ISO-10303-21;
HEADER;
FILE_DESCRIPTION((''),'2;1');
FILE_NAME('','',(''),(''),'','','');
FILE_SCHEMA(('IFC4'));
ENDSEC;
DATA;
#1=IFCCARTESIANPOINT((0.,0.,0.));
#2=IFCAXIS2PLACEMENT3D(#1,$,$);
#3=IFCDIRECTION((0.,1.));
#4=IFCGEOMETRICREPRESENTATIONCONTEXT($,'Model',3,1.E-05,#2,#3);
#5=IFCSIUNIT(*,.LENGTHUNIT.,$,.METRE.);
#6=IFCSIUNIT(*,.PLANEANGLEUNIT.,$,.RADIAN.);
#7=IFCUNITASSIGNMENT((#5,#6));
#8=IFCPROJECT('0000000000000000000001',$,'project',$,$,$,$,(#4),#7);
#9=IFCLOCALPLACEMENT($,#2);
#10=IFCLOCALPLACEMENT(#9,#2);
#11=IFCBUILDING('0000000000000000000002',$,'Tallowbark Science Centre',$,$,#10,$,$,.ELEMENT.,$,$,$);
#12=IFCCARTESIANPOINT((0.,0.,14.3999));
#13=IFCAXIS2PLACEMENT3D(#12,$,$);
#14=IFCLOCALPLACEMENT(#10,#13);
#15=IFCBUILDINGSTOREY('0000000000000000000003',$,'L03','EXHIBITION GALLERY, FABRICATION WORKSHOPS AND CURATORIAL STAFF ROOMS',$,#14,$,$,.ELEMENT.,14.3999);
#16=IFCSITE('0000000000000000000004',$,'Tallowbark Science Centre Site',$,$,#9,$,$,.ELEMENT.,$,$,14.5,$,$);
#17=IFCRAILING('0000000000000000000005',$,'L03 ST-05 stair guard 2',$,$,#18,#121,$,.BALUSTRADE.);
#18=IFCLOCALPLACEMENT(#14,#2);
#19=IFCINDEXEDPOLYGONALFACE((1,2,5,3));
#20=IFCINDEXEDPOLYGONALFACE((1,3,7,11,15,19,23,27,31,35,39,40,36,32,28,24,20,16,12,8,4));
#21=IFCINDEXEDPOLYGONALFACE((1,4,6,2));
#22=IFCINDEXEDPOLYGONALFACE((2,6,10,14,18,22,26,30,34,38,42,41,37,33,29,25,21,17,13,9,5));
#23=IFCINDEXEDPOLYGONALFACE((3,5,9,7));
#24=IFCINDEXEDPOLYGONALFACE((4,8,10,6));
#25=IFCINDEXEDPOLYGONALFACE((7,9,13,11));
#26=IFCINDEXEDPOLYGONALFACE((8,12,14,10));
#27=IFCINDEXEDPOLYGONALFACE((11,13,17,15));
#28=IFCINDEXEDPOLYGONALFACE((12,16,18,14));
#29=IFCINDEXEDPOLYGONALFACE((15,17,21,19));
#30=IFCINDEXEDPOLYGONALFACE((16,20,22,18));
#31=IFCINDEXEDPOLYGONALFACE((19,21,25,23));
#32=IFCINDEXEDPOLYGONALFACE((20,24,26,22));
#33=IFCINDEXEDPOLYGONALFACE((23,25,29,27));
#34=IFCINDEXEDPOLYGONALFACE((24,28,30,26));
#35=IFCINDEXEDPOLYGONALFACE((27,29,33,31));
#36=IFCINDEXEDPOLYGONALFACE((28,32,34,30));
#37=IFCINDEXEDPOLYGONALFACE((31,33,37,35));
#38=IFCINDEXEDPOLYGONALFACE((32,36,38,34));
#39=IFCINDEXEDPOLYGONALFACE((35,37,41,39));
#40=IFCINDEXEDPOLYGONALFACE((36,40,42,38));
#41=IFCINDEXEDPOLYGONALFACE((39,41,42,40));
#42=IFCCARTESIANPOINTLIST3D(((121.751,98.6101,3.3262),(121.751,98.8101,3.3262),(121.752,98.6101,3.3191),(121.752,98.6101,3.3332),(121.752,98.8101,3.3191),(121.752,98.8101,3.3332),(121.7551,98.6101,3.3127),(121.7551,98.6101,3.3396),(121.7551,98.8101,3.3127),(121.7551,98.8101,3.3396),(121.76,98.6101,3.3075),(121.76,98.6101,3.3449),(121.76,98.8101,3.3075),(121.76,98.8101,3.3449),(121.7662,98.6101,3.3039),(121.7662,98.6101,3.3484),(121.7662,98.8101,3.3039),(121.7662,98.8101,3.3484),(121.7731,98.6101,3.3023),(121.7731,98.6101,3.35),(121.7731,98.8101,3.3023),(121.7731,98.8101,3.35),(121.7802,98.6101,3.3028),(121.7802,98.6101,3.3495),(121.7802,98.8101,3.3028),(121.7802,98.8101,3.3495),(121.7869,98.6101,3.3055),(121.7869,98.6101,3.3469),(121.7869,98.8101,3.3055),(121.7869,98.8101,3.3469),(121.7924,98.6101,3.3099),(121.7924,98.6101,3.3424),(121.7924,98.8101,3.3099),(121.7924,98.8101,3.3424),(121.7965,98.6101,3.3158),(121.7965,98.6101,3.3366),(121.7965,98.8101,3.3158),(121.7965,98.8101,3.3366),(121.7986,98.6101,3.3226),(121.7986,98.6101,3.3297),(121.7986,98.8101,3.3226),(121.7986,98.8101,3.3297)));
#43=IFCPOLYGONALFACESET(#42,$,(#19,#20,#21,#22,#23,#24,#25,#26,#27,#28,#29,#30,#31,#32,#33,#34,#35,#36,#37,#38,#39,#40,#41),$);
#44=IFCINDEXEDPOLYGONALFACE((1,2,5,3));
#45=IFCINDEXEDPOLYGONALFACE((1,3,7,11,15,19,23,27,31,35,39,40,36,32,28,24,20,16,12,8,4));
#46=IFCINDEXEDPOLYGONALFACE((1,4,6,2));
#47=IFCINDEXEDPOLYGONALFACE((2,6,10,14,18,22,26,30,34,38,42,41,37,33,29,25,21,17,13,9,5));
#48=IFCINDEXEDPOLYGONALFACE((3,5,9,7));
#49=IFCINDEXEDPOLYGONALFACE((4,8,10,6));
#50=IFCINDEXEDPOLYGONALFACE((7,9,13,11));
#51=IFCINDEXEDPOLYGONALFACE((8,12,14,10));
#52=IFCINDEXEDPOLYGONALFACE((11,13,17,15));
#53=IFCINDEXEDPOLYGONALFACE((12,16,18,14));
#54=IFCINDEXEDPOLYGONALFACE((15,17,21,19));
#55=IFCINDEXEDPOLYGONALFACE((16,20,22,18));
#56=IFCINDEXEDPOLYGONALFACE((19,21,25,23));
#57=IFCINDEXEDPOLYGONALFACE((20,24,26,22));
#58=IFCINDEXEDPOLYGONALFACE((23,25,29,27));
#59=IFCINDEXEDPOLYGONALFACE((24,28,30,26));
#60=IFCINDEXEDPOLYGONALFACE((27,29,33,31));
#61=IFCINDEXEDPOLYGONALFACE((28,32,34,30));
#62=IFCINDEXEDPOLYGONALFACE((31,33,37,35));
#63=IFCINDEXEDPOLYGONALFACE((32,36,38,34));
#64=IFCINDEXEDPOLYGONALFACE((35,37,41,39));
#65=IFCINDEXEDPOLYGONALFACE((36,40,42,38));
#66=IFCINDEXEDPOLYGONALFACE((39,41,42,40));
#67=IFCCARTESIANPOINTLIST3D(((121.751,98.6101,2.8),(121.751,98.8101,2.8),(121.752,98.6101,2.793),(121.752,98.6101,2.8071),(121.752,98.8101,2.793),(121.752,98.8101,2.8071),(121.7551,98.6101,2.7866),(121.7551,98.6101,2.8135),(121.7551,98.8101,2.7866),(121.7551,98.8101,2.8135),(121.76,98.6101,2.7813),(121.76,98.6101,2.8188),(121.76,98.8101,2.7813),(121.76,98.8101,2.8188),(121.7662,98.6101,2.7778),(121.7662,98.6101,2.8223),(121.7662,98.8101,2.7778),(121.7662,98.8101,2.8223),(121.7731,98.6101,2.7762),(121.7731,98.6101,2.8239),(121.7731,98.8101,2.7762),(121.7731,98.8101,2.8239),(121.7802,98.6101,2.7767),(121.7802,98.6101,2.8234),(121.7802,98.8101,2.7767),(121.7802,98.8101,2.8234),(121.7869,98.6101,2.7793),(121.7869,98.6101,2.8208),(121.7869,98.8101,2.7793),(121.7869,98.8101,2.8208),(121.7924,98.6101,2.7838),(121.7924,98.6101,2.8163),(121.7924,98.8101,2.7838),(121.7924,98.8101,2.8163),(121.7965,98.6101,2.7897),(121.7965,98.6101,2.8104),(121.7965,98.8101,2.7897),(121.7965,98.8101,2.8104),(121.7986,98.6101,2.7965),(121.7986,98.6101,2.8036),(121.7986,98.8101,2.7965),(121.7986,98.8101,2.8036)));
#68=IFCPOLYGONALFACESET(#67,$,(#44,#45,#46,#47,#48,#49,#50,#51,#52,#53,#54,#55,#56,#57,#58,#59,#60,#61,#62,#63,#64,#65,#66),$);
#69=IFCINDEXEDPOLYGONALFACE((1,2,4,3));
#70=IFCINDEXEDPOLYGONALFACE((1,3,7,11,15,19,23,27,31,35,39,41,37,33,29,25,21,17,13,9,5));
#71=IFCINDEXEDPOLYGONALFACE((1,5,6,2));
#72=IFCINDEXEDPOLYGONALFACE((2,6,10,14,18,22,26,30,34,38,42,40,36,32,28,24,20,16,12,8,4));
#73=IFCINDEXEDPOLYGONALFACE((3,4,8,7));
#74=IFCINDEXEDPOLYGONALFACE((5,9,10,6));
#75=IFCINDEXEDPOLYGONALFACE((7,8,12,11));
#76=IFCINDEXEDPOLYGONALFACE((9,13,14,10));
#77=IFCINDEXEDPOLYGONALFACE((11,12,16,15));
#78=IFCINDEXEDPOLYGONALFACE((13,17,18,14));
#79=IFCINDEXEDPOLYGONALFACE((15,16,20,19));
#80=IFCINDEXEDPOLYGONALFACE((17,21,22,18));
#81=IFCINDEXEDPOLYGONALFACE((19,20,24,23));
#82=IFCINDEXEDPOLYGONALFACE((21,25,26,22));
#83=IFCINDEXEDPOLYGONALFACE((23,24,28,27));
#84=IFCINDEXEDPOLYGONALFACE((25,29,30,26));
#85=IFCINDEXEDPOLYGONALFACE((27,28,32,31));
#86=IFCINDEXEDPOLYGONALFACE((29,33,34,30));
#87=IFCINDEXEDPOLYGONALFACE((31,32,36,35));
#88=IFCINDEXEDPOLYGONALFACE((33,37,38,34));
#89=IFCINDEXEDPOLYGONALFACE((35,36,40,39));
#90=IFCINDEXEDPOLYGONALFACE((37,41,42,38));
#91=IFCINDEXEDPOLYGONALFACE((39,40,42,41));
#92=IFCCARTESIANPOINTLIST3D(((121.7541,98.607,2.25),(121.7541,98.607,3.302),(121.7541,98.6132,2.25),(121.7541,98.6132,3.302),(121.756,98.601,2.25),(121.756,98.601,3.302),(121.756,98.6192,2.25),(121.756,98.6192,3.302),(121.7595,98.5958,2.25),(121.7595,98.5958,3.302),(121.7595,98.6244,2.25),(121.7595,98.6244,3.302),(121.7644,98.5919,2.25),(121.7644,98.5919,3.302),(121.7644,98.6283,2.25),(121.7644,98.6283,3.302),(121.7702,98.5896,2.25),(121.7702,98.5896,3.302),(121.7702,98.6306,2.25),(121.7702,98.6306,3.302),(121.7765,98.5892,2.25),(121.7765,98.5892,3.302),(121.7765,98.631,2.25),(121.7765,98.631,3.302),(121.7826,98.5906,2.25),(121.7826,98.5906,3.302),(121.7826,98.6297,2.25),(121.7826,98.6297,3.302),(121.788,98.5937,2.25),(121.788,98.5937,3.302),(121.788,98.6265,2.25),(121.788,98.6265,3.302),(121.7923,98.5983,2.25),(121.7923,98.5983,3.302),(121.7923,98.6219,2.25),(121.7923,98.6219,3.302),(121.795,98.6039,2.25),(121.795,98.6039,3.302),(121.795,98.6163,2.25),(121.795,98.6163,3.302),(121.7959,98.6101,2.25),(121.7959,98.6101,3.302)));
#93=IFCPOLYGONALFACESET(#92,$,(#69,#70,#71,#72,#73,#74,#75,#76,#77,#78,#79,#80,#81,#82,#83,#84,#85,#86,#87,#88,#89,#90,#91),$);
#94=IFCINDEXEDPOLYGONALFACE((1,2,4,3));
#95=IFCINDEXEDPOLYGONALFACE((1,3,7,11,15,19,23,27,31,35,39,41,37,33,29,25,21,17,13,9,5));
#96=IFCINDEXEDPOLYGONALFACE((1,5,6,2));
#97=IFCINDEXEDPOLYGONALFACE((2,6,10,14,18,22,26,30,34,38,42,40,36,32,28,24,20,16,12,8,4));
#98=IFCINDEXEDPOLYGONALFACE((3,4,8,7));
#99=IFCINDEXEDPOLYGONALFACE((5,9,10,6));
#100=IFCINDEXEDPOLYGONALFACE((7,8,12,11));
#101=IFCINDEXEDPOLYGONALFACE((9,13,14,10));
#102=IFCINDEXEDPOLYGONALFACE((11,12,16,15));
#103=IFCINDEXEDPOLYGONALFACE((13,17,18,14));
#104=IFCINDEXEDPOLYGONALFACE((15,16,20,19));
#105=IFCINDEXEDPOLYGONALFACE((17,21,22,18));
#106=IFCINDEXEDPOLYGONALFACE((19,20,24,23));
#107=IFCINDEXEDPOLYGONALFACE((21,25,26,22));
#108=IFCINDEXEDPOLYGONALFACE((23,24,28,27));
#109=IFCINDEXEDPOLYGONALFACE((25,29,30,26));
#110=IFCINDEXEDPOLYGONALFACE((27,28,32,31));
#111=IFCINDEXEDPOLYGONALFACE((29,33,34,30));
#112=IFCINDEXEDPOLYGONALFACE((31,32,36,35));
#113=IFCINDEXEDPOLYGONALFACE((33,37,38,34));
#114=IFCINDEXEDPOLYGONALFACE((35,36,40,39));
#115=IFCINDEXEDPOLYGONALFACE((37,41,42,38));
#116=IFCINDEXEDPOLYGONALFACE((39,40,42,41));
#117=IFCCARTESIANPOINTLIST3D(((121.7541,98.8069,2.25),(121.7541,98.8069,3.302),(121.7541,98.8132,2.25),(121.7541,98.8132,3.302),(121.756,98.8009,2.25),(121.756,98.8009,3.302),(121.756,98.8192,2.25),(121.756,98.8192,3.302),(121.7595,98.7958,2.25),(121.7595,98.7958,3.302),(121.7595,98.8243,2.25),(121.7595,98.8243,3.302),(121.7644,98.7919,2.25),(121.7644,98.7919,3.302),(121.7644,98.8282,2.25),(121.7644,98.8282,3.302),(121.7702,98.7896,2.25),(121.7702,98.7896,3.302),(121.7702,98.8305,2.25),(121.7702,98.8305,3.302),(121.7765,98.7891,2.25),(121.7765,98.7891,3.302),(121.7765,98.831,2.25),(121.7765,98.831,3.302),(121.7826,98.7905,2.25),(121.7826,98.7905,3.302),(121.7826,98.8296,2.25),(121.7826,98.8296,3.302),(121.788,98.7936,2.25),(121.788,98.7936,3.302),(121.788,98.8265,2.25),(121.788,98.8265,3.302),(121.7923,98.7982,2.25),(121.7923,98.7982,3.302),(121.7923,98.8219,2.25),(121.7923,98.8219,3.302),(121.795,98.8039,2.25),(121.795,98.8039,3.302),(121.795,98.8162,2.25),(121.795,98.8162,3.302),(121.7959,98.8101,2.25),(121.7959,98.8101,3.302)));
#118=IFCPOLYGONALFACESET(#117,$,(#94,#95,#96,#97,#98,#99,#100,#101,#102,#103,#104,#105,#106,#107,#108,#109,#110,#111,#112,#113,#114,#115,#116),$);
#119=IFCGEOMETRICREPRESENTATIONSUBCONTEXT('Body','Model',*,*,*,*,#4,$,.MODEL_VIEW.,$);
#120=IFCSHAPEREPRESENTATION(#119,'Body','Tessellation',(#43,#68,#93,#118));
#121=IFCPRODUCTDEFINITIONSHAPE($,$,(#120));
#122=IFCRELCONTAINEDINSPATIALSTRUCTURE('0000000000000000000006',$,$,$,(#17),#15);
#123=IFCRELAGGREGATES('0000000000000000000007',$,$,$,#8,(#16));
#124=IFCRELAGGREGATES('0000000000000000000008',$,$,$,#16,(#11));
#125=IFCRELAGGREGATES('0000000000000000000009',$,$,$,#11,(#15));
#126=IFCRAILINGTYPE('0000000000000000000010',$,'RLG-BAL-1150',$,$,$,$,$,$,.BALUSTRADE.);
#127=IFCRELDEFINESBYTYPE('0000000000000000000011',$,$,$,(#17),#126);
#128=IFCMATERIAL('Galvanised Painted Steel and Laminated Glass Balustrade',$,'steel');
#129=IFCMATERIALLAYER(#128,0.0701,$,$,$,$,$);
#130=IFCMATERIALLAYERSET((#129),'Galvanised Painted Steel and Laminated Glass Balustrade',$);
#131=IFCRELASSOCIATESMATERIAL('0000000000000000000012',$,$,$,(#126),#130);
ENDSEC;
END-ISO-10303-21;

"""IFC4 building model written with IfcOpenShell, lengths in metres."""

from ifc_helpers import new_model, si_unit, direction, frame, origin, origin_2d, place, context, subcontext, project, spatial, circle, extrude, material, layer, layer_set, type_object, element, save


model = new_model("IFC4")

# Units and contexts
model_context = context("Model", 3, precision=1e-05, world=origin(), true_north=direction((0.0, 1.0)))
body_context = subcontext(model_context, "Body", "Model", "MODEL_VIEW")
ifc_project = project(units=[si_unit("LENGTHUNIT", "METRE"), si_unit("PLANEANGLEUNIT", "RADIAN")], contexts=[model_context])

# Site, building, storey
site_placement = place(None, origin())
site = spatial("IfcSite", under=ifc_project, at=site_placement, Name="Tallowbark Science Centre Site", CompositionType="ELEMENT", RefElevation=14.5)
building_placement = place(site_placement, origin())
building = spatial("IfcBuilding", under=site, at=building_placement, Name="Tallowbark Science Centre", CompositionType="ELEMENT")
storey_placement = place(building_placement, frame((0.0, 0.0, 14.3999)))
storey = spatial("IfcBuildingStorey", under=building, at=storey_placement, Name="L03", Description="EXHIBITION GALLERY, FABRICATION WORKSHOPS AND CURATORIAL STAFF ROOMS", CompositionType="ELEMENT", Elevation=14.3999)

# Railing
ifc_material_1 = material(Name="Galvanised Painted Steel and Laminated Glass Balustrade", Category="steel")
ifc_layer_1 = layer(ifc_material_1, 0.0701)
ifc_layer_set_1 = layer_set([ifc_layer_1], Name="Galvanised Painted Steel and Laminated Glass Balustrade")
railing_type_1 = type_object("IfcRailingType", Name="RLG-BAL-1150", PredefinedType="BALUSTRADE", material=ifc_layer_set_1)
for number, where, name in (
    (1, (121.7749, 98.6101, 2.25), "L03 ST-05 stair guard 2"),
):
    element("IfcRailing", number, at=place(storey_placement, frame(where)), inside=storey, type_object=railing_type_1, Name=name, PredefinedType="BALUSTRADE", context=body_context, shape_type="SweptSolid", body=[
        extrude(circle(Radius=0.0239, at=origin_2d()), frame((0.0, 0.0, 1.0762), z_axis=(0.0, 1.0, 0.0), x_axis=(-1.0, 0.0, 0.0)), (0.0, 0.0, 1.0), 0.2),
        extrude(circle(Radius=0.0239, at=origin_2d()), frame((0.0, 0.0, 0.55), z_axis=(0.0, 1.0, 0.0), x_axis=(-1.0, 0.0, 0.0)), (0.0, 0.0, 1.0), 0.2),
        extrude(circle(Radius=0.021, at=origin_2d()), origin(), (0.0, 0.0, 1.0), 1.052),
        extrude(circle(Radius=0.021, at=origin_2d()), frame((0.0, 0.2, 0.0)), (0.0, 0.0, 1.0), 1.052),
    ])

save(model, "model.ifc")
